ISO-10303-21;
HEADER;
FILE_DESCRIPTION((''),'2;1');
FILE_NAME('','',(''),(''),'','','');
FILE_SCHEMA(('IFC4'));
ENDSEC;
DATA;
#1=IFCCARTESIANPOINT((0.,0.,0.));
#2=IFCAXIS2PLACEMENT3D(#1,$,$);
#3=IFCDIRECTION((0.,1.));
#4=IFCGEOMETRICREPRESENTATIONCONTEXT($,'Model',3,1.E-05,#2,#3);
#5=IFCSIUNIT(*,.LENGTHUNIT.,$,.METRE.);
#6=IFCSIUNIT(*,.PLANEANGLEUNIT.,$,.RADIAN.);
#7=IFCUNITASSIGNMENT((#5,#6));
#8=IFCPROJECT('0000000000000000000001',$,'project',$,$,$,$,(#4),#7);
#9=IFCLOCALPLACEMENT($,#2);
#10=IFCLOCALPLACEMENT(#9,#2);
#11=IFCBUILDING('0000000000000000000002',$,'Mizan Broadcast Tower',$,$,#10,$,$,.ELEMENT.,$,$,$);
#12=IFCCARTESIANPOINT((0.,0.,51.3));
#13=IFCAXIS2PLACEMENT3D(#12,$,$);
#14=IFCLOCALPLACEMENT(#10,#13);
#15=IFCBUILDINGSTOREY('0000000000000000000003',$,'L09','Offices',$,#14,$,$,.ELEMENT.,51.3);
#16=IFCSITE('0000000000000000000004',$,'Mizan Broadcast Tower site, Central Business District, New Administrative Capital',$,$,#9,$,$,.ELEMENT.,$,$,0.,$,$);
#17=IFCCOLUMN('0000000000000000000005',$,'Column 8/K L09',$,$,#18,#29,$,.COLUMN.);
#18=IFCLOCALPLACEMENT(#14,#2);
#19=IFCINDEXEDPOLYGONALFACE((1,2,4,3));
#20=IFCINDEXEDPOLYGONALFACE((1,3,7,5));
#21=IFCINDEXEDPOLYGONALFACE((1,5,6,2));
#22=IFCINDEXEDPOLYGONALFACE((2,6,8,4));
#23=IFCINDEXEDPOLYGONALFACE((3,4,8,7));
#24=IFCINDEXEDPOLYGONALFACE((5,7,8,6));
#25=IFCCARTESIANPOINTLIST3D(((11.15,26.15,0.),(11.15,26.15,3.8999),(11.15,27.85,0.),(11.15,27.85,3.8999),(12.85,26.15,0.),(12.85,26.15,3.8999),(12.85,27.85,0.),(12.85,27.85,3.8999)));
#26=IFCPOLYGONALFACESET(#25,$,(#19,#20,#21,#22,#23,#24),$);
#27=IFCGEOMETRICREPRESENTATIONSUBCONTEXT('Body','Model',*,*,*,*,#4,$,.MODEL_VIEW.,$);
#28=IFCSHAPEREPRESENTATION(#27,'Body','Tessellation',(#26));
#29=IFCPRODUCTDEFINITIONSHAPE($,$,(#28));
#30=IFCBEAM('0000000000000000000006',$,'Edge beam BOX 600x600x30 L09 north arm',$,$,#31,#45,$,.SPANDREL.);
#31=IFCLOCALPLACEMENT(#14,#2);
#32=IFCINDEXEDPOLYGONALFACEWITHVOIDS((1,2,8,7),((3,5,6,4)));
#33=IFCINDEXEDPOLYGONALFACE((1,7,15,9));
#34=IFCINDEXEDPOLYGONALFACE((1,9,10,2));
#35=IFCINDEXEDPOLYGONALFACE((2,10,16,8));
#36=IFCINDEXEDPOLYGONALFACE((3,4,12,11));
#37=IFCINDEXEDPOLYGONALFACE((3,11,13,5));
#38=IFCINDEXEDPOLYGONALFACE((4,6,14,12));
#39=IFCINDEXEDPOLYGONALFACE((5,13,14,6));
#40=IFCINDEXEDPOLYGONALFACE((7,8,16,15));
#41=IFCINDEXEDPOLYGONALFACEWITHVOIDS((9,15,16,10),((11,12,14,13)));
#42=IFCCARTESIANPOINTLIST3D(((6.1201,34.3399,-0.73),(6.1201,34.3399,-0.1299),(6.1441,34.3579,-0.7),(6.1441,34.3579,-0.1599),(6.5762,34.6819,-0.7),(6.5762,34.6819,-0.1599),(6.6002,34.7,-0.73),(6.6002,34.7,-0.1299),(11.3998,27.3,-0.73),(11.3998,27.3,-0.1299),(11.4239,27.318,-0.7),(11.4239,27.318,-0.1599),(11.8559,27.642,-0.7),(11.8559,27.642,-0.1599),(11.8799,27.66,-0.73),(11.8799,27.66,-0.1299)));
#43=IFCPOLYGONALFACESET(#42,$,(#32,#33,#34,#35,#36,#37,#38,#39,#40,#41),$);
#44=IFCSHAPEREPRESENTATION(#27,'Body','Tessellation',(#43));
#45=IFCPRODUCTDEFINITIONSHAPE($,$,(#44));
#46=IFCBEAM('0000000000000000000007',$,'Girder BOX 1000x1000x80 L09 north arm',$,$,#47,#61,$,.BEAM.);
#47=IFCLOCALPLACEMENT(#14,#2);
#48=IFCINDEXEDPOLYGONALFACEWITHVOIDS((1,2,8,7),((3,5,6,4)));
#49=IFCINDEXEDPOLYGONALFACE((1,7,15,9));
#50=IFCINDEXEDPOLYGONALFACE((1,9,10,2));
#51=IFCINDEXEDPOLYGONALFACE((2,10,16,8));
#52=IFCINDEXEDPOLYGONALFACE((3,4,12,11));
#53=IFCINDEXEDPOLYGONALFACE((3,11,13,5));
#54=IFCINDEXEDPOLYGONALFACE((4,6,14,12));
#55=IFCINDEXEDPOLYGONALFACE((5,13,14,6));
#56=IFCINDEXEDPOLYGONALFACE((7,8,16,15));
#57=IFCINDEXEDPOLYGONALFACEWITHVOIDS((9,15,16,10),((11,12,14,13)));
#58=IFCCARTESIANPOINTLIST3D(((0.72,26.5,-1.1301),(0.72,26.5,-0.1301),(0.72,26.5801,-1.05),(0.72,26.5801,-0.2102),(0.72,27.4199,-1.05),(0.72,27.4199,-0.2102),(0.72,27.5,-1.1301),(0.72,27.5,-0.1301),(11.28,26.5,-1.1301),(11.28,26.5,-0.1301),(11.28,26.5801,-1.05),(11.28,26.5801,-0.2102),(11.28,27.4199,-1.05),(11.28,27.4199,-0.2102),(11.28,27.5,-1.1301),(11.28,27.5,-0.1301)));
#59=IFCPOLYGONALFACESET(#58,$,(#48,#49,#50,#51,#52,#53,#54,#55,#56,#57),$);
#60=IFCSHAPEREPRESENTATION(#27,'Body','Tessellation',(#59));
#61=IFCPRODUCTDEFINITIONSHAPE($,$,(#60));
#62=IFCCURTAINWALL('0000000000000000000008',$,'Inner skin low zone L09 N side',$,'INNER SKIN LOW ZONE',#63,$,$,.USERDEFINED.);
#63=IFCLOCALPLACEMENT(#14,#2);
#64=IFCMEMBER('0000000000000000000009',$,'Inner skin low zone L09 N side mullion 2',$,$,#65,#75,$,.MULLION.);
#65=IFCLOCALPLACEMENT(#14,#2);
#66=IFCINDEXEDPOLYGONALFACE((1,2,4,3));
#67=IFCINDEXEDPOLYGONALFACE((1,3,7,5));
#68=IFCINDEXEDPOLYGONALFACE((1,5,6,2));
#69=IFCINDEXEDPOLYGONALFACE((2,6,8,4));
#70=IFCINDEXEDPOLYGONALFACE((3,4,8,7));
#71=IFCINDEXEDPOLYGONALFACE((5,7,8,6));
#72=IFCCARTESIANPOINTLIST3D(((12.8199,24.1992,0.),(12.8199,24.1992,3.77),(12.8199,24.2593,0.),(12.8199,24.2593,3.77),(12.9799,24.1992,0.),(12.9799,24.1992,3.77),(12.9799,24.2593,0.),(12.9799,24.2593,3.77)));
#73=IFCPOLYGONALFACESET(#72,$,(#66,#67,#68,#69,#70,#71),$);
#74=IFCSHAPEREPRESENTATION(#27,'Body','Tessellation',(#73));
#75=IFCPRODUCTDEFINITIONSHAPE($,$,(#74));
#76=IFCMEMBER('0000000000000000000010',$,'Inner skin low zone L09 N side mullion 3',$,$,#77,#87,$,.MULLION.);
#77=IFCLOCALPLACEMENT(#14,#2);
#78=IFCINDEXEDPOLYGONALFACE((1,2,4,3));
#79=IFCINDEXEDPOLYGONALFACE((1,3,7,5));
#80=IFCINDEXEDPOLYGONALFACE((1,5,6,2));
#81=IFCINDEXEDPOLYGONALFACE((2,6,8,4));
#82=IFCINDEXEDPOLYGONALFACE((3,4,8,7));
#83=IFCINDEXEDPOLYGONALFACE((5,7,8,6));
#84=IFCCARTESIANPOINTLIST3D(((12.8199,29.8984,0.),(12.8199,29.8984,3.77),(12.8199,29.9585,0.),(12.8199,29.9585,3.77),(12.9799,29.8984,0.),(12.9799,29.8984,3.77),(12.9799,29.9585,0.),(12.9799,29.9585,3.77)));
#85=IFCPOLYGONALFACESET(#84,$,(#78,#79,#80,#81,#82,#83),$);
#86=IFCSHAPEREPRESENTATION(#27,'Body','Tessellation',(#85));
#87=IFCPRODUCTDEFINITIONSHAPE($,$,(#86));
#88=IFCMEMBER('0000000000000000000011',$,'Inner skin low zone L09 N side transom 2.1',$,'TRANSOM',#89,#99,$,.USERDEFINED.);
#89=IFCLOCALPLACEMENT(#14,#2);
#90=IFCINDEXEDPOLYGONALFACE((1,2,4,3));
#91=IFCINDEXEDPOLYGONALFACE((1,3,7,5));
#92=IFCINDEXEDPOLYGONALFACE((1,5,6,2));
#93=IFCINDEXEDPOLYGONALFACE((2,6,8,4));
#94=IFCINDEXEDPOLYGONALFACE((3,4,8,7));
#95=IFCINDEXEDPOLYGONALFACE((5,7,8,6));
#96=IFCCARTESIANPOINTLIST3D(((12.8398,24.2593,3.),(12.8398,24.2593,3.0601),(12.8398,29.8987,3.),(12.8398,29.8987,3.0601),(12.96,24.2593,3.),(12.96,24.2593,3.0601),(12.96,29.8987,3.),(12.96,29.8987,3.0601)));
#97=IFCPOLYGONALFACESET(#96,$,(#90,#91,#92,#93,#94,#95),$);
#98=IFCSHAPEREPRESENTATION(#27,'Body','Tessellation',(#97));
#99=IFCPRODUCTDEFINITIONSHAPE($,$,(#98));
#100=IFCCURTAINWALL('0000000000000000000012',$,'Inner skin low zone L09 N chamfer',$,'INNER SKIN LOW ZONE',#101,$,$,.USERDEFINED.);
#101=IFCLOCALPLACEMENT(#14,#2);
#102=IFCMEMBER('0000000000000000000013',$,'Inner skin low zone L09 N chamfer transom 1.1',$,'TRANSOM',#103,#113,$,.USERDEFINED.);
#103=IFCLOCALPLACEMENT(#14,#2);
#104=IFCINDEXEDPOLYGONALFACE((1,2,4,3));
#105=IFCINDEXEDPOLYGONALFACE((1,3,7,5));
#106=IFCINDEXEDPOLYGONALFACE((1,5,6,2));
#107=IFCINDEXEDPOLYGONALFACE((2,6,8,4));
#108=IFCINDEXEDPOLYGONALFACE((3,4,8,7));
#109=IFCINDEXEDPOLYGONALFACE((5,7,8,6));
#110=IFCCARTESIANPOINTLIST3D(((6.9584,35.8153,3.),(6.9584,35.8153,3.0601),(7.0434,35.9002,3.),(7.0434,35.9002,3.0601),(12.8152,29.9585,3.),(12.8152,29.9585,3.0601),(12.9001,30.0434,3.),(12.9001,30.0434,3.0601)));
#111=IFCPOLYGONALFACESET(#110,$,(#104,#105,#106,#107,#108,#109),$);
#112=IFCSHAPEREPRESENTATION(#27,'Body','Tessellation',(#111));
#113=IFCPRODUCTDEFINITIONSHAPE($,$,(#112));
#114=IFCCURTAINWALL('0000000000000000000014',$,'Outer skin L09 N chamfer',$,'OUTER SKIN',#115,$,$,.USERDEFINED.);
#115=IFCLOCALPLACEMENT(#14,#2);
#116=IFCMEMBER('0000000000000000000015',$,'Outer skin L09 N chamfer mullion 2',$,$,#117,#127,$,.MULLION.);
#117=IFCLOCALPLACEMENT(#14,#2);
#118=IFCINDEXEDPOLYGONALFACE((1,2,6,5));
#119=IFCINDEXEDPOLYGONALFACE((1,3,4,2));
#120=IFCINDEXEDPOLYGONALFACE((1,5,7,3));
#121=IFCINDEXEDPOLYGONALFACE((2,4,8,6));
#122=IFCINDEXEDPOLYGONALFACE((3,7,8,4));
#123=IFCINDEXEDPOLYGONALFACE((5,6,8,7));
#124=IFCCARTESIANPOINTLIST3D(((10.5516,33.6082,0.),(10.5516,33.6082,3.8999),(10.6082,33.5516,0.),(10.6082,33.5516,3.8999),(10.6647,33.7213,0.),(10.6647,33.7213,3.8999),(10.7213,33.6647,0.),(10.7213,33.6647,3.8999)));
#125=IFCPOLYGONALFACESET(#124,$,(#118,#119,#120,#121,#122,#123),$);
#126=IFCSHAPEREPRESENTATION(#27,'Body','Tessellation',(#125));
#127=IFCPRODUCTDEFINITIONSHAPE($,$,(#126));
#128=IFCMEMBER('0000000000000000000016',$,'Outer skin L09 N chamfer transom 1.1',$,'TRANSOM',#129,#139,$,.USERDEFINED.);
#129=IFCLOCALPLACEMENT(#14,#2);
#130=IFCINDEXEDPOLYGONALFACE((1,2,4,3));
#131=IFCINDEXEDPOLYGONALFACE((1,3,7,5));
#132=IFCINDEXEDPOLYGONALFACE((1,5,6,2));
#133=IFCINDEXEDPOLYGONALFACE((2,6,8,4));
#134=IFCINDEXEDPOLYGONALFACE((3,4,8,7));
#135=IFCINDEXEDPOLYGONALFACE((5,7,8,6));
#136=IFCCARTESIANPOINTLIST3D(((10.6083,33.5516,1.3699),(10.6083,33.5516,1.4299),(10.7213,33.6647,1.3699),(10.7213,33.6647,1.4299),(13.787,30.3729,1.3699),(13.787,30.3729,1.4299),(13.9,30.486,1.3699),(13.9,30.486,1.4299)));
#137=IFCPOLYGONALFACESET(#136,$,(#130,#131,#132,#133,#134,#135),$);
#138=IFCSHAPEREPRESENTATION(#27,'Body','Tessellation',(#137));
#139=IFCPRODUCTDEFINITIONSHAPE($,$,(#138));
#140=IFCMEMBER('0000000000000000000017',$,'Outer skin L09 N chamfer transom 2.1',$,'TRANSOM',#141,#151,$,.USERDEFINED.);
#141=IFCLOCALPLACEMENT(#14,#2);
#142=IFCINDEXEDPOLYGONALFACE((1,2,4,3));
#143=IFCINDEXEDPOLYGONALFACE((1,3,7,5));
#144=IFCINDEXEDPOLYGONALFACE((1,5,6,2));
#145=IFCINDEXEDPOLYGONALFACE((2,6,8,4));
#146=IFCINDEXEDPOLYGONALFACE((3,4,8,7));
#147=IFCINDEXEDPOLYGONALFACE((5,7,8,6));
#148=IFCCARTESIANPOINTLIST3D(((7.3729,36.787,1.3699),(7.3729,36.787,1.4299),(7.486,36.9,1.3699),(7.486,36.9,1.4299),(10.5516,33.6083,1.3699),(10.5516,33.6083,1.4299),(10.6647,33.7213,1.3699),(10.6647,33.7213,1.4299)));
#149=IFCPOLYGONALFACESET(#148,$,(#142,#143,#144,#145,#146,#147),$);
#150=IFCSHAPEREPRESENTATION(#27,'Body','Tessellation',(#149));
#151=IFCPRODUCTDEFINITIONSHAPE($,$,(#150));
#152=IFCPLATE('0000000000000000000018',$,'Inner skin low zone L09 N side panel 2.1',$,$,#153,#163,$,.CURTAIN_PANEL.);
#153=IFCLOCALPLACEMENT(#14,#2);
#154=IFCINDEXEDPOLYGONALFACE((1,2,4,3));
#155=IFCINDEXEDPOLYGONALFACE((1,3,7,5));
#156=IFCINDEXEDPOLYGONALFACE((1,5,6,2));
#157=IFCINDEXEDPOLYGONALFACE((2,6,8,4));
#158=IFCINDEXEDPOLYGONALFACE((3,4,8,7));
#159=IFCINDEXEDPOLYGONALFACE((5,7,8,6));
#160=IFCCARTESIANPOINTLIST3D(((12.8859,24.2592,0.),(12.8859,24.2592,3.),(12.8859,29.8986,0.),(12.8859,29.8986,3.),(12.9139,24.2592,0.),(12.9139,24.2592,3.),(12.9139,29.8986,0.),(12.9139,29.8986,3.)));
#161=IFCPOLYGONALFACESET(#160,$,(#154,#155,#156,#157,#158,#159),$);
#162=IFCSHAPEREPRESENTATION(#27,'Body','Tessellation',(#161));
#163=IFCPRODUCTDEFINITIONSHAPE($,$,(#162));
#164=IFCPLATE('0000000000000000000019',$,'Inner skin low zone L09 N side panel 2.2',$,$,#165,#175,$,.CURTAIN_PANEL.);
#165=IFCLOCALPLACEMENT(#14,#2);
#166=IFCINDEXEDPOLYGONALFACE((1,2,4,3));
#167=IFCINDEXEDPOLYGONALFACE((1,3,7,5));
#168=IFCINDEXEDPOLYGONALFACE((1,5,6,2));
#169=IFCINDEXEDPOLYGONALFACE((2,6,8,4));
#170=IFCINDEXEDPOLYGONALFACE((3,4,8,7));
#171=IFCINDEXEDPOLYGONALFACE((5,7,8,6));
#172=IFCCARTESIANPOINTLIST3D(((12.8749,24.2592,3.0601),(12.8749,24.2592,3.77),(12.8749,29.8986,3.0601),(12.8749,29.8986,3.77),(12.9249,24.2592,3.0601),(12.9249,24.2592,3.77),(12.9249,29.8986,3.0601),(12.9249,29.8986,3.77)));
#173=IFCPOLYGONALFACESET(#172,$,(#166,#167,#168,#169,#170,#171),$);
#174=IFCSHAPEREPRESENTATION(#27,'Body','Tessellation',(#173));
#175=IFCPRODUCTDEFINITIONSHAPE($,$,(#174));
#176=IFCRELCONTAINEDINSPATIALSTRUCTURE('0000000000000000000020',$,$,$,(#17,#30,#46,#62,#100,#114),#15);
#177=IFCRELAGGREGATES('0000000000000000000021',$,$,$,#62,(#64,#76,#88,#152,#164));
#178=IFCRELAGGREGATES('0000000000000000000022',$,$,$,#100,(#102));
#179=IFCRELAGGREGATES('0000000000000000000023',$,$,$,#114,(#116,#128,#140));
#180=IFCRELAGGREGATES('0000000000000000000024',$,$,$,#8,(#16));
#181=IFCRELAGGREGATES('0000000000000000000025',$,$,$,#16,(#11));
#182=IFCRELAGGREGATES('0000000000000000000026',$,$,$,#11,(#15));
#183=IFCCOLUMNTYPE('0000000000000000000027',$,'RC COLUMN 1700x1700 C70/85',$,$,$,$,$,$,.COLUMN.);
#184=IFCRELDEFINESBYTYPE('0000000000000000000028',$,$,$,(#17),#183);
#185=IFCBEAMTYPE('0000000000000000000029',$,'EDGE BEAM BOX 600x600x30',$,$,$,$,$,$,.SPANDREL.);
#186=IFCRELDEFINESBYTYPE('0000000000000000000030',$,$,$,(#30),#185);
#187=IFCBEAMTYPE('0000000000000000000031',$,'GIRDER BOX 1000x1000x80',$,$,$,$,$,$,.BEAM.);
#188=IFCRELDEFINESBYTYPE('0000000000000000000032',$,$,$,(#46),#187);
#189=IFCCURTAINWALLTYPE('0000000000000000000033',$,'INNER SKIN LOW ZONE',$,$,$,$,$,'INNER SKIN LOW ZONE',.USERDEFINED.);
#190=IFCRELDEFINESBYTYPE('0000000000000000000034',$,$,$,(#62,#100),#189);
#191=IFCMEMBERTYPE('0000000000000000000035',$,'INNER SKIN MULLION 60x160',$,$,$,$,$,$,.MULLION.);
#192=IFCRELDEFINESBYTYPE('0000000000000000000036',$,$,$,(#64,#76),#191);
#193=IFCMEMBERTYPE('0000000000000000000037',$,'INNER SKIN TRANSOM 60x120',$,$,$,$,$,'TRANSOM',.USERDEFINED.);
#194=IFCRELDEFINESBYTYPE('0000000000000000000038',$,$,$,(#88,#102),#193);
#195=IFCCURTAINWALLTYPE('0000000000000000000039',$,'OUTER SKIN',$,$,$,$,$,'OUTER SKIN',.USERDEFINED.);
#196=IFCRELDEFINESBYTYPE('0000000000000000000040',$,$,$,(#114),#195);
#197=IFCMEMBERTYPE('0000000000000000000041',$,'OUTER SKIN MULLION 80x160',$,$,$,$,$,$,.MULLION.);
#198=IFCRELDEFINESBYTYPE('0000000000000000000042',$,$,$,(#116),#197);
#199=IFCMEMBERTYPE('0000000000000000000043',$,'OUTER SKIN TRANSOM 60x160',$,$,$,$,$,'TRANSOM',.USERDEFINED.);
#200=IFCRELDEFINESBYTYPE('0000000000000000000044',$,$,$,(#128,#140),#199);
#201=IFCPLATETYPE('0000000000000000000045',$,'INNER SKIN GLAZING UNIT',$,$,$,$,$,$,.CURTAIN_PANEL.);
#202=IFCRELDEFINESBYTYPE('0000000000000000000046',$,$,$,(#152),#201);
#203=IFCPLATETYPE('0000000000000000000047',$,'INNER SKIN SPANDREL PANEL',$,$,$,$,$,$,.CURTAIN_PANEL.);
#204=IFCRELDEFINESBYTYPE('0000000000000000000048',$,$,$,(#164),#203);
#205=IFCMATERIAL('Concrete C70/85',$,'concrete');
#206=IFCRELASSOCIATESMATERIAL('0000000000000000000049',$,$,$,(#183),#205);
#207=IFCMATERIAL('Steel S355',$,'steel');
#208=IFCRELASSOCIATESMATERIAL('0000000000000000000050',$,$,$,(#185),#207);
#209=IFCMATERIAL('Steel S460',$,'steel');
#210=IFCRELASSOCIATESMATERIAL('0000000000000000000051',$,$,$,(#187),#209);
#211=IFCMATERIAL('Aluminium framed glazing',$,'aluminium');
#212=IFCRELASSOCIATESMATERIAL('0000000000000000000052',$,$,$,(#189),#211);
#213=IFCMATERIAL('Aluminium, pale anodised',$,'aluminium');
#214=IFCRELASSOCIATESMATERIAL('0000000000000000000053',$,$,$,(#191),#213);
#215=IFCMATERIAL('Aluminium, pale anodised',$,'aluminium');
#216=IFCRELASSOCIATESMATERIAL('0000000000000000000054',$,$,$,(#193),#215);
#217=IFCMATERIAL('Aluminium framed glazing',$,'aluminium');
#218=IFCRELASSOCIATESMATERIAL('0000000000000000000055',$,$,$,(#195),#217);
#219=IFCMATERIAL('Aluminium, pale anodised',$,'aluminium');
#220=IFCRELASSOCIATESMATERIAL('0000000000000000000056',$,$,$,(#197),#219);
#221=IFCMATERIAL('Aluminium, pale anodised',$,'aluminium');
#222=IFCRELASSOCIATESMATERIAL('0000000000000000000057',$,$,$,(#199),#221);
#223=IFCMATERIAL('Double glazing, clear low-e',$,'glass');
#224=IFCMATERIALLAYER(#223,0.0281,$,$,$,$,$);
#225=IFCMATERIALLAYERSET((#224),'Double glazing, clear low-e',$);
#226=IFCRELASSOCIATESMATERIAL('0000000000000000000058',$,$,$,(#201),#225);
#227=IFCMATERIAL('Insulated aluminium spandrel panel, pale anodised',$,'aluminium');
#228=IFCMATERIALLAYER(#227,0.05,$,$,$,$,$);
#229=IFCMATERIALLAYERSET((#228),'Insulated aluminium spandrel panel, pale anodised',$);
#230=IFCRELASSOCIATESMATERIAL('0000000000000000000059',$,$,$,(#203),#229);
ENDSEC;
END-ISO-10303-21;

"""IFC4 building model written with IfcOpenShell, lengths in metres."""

from ifc_helpers import new_model, si_unit, direction, frame, origin, origin_2d, place, context, subcontext, project, spatial, rectangle, hollow_rectangle, extrude, material, layer, layer_set, material_profile, profile_set, type_object, element, aggregate, save


model = new_model("IFC4")

# Units and contexts
model_context = context("Model", 3, precision=1e-05, world=origin(), true_north=direction((0.0, 1.0)))
body_context = subcontext(model_context, "Body", "Model", "MODEL_VIEW")
ifc_project = project(units=[si_unit("LENGTHUNIT", "METRE"), si_unit("PLANEANGLEUNIT", "RADIAN")], contexts=[model_context])

# Site, building, storey
site_placement = place(None, origin())
site = spatial("IfcSite", under=ifc_project, at=site_placement, Name="Mizan Broadcast Tower site, Central Business District, New Administrative Capital", CompositionType="ELEMENT", RefElevation=0.0)
building_placement = place(site_placement, origin())
building = spatial("IfcBuilding", under=site, at=building_placement, Name="Mizan Broadcast Tower", CompositionType="ELEMENT")
storey_placement = place(building_placement, frame((0.0, 0.0, 51.3)))
storey = spatial("IfcBuildingStorey", under=building, at=storey_placement, Name="L09", Description="Offices", CompositionType="ELEMENT", Elevation=51.3)

# Column
ifc_material_1 = material(Name="Concrete C70/85", Category="concrete")
ifc_material_profile_1 = material_profile(ifc_material_1, rectangle(XDim=1.7, YDim=1.7, at=origin_2d()), Name="RC 1700x1700")
ifc_profile_set_1 = profile_set([ifc_material_profile_1], Name="Concrete C70/85")
column_type = type_object("IfcColumnType", Name="RC COLUMN 1700x1700 C70/85", PredefinedType="COLUMN", material=ifc_profile_set_1)
column_placement = place(storey_placement, frame((12.0, 27.0, 0.0), z_axis=(0.0, 0.0, 1.0), x_axis=(1.0, 0.0, 0.0)))
element("IfcColumn", 1, at=column_placement, inside=storey, type_object=column_type, Name="Column 8/K L09", PredefinedType="COLUMN", context=body_context, shape_type="SweptSolid", body=[
    extrude(rectangle(XDim=1.7, YDim=1.7, at=origin_2d()), origin(), (0.0, 0.0, 1.0), 3.8999),
])

# Beams
ifc_material_2 = material(Name="Steel S355", Category="steel")
ifc_material_profile_2 = material_profile(ifc_material_2, hollow_rectangle(XDim=0.6001, YDim=0.6001, WallThickness=0.03, at=origin_2d()), Name="BOX 600x600x30")
ifc_profile_set_2 = profile_set([ifc_material_profile_2], Name="Steel S355")
beam_type_1 = type_object("IfcBeamType", Name="EDGE BEAM BOX 600x600x30", PredefinedType="SPANDREL", material=ifc_profile_set_2)
beam_1_placement = place(storey_placement, frame((11.6399, 27.48, -0.4299), z_axis=(-0.599982, 0.800013, 0.0), x_axis=(-0.800013, -0.599982, 0.0)))
element("IfcBeam", 2, at=beam_1_placement, inside=storey, type_object=beam_type_1, Name="Edge beam BOX 600x600x30 L09 north arm", PredefinedType="SPANDREL", context=body_context, shape_type="SweptSolid", body=[
    extrude(hollow_rectangle(XDim=0.6001, YDim=0.6001, WallThickness=0.03, at=origin_2d()), origin(), (0.0, 0.0, 1.0), 8.7998),
])
ifc_material_3 = material(Name="Steel S460", Category="steel")
ifc_material_profile_3 = material_profile(ifc_material_3, hollow_rectangle(XDim=1.0, YDim=1.0, WallThickness=0.0801, at=origin_2d()), Name="BOX 1000x1000x80")
ifc_profile_set_3 = profile_set([ifc_material_profile_3], Name="Steel S460")
beam_type_2 = type_object("IfcBeamType", Name="GIRDER BOX 1000x1000x80", PredefinedType="BEAM", material=ifc_profile_set_3)
beam_2_placement = place(storey_placement, frame((11.28, 27.0, -0.6301), z_axis=(-1.0, 0.0, 0.0), x_axis=(0.0, -1.0, 0.0)))
element("IfcBeam", 3, at=beam_2_placement, inside=storey, type_object=beam_type_2, Name="Girder BOX 1000x1000x80 L09 north arm", PredefinedType="BEAM", context=body_context, shape_type="SweptSolid", body=[
    extrude(hollow_rectangle(XDim=1.0, YDim=1.0, WallThickness=0.0801, at=origin_2d()), origin(), (0.0, 0.0, 1.0), 10.5601),
])

# Curtain wall, members
ifc_material_4 = material(Name="Aluminium framed glazing", Category="aluminium")
curtain_wall_type_1 = type_object("IfcCurtainWallType", Name="INNER SKIN LOW ZONE", ElementType="INNER SKIN LOW ZONE", PredefinedType="USERDEFINED", material=ifc_material_4)
curtain_wall_1_placement = place(storey_placement, origin())
curtain_wall_1 = element("IfcCurtainWall", 4, at=curtain_wall_1_placement, inside=storey, type_object=curtain_wall_type_1, Name="Inner skin low zone L09 N side", ObjectType="INNER SKIN LOW ZONE", PredefinedType="USERDEFINED")
ifc_material_5 = material(Name="Aluminium, pale anodised", Category="aluminium")
ifc_material_profile_4 = material_profile(ifc_material_5, rectangle(XDim=0.1599, YDim=0.0601, at=origin_2d()), Name="MULLION 160x60")
ifc_profile_set_4 = profile_set([ifc_material_profile_4], Name="Aluminium, pale anodised")
member_type_1 = type_object("IfcMemberType", Name="INNER SKIN MULLION 60x160", PredefinedType="MULLION", material=ifc_profile_set_4)
member_1_placement = place(storey_placement, frame((12.8999, 24.2292, 0.0), z_axis=(0.0, 0.0, 1.0), x_axis=(-1.0, 0.0, 0.0)))
member_1 = element("IfcMember", 5, at=member_1_placement, type_object=member_type_1, Name="Inner skin low zone L09 N side mullion 2", PredefinedType="MULLION", context=body_context, shape_type="SweptSolid", body=[
    extrude(rectangle(XDim=0.1599, YDim=0.0601, at=origin_2d()), origin(), (0.0, 0.0, 1.0), 3.77),
])
member_2_placement = place(storey_placement, frame((12.8999, 29.9285, 0.0), z_axis=(0.0, 0.0, 1.0), x_axis=(-1.0, 0.0, 0.0)))
member_2 = element("IfcMember", 6, at=member_2_placement, type_object=member_type_1, Name="Inner skin low zone L09 N side mullion 3", PredefinedType="MULLION", context=body_context, shape_type="SweptSolid", body=[
    extrude(rectangle(XDim=0.1599, YDim=0.0601, at=origin_2d()), origin(), (0.0, 0.0, 1.0), 3.77),
])
ifc_material_6 = material(Name="Aluminium, pale anodised", Category="aluminium")
ifc_material_profile_5 = material_profile(ifc_material_6, rectangle(XDim=0.1201, YDim=0.0601, at=origin_2d()), Name="TRANSOM 120x60")
ifc_profile_set_5 = profile_set([ifc_material_profile_5], Name="Aluminium, pale anodised")
member_type_2 = type_object("IfcMemberType", Name="INNER SKIN TRANSOM 60x120", ElementType="TRANSOM", PredefinedType="USERDEFINED", material=ifc_profile_set_5)
member_3_placement = place(storey_placement, frame((12.8999, 24.2593, 3.03), z_axis=(0.0, 1.0, 0.0), x_axis=(-1.0, 0.0, 0.0)))
member_3 = element("IfcMember", 7, at=member_3_placement, type_object=member_type_2, Name="Inner skin low zone L09 N side transom 2.1", ObjectType="TRANSOM", PredefinedType="USERDEFINED", context=body_context, shape_type="SweptSolid", body=[
    extrude(rectangle(XDim=0.1201, YDim=0.0601, at=origin_2d()), origin(), (0.0, 0.0, 1.0), 5.6394),
])

# Curtain wall, member
curtain_wall_2_placement = place(storey_placement, origin())
curtain_wall_2 = element("IfcCurtainWall", 8, at=curtain_wall_2_placement, inside=storey, type_object=curtain_wall_type_1, Name="Inner skin low zone L09 N chamfer", ObjectType="INNER SKIN LOW ZONE", PredefinedType="USERDEFINED")
member_4_placement = place(storey_placement, frame((12.8577, 30.001, 3.03), z_axis=(-0.707107, 0.707107, 0.0), x_axis=(-0.707107, -0.707107, 0.0)))
member_4 = element("IfcMember", 9, at=member_4_placement, type_object=member_type_2, Name="Inner skin low zone L09 N chamfer transom 1.1", ObjectType="TRANSOM", PredefinedType="USERDEFINED", context=body_context, shape_type="SweptSolid", body=[
    extrude(rectangle(XDim=0.1201, YDim=0.0601, at=origin_2d()), origin(), (0.0, 0.0, 1.0), 8.2827),
])

# Curtain wall, members
ifc_material_7 = material(Name="Aluminium framed glazing", Category="aluminium")
curtain_wall_type_2 = type_object("IfcCurtainWallType", Name="OUTER SKIN", ElementType="OUTER SKIN", PredefinedType="USERDEFINED", material=ifc_material_7)
curtain_wall_3_placement = place(storey_placement, origin())
curtain_wall_3 = element("IfcCurtainWall", 10, at=curtain_wall_3_placement, inside=storey, type_object=curtain_wall_type_2, Name="Outer skin L09 N chamfer", ObjectType="OUTER SKIN", PredefinedType="USERDEFINED")
ifc_material_8 = material(Name="Aluminium, pale anodised", Category="aluminium")
ifc_material_profile_6 = material_profile(ifc_material_8, rectangle(XDim=0.1599, YDim=0.0801, at=origin_2d()), Name="MULLION 160x80")
ifc_profile_set_6 = profile_set([ifc_material_profile_6], Name="Aluminium, pale anodised")
member_type_3 = type_object("IfcMemberType", Name="OUTER SKIN MULLION 80x160", PredefinedType="MULLION", material=ifc_profile_set_6)
member_5_placement = place(storey_placement, frame((10.6365, 33.6365, 0.0), z_axis=(0.0, 0.0, 1.0), x_axis=(-0.707107, -0.707107, 0.0)))
member_5 = element("IfcMember", 11, at=member_5_placement, type_object=member_type_3, Name="Outer skin L09 N chamfer mullion 2", PredefinedType="MULLION", context=body_context, shape_type="SweptSolid", body=[
    extrude(rectangle(XDim=0.1599, YDim=0.0801, at=origin_2d()), origin(), (0.0, 0.0, 1.0), 3.8999),
])
ifc_material_9 = material(Name="Aluminium, pale anodised", Category="aluminium")
ifc_material_profile_7 = material_profile(ifc_material_9, rectangle(XDim=0.1599, YDim=0.0601, at=origin_2d()), Name="TRANSOM 160x60")
ifc_profile_set_7 = profile_set([ifc_material_profile_7], Name="Aluminium, pale anodised")
member_type_4 = type_object("IfcMemberType", Name="OUTER SKIN TRANSOM 60x160", ElementType="TRANSOM", PredefinedType="USERDEFINED", material=ifc_profile_set_7)
member_6_placement = place(storey_placement, frame((13.8435, 30.4294, 1.3999), z_axis=(-0.707107, 0.707107, 0.0), x_axis=(-0.707107, -0.707107, 0.0)))
member_6 = element("IfcMember", 12, at=member_6_placement, type_object=member_type_4, Name="Outer skin L09 N chamfer transom 1.1", ObjectType="TRANSOM", PredefinedType="USERDEFINED", context=body_context, shape_type="SweptSolid", body=[
    extrude(rectangle(XDim=0.1599, YDim=0.0601, at=origin_2d()), origin(), (0.0, 0.0, 1.0), 4.4954),
])
member_7_placement = place(storey_placement, frame((10.6082, 33.6648, 1.3999), z_axis=(-0.707107, 0.707107, 0.0), x_axis=(-0.707107, -0.707107, 0.0)))
member_7 = element("IfcMember", 13, at=member_7_placement, type_object=member_type_4, Name="Outer skin L09 N chamfer transom 2.1", ObjectType="TRANSOM", PredefinedType="USERDEFINED", context=body_context, shape_type="SweptSolid", body=[
    extrude(rectangle(XDim=0.1599, YDim=0.0601, at=origin_2d()), origin(), (0.0, 0.0, 1.0), 4.4954),
])

# Plates
ifc_material_10 = material(Name="Double glazing, clear low-e", Category="glass")
ifc_layer_1 = layer(ifc_material_10, 0.0281)
ifc_layer_set_1 = layer_set([ifc_layer_1], Name="Double glazing, clear low-e")
plate_type_1 = type_object("IfcPlateType", Name="INNER SKIN GLAZING UNIT", PredefinedType="CURTAIN_PANEL", material=ifc_layer_set_1)
plate_1_placement = place(storey_placement, frame((12.8999, 27.0789, 0.0), z_axis=(0.0, 0.0, 1.0), x_axis=(0.0, 1.0, 0.0)))
plate_1 = element("IfcPlate", 14, at=plate_1_placement, type_object=plate_type_1, Name="Inner skin low zone L09 N side panel 2.1", PredefinedType="CURTAIN_PANEL", context=body_context, shape_type="SweptSolid", body=[
    extrude(rectangle(XDim=5.6394, YDim=0.0281, at=origin_2d()), origin(), (0.0, 0.0, 1.0), 3.0),
])
ifc_material_11 = material(Name="Insulated aluminium spandrel panel, pale anodised", Category="aluminium")
ifc_layer_2 = layer(ifc_material_11, 0.05)
ifc_layer_set_2 = layer_set([ifc_layer_2], Name="Insulated aluminium spandrel panel, pale anodised")
plate_type_2 = type_object("IfcPlateType", Name="INNER SKIN SPANDREL PANEL", PredefinedType="CURTAIN_PANEL", material=ifc_layer_set_2)
plate_2_placement = place(storey_placement, frame((12.8999, 27.0789, 3.0601), z_axis=(0.0, 0.0, 1.0), x_axis=(0.0, 1.0, 0.0)))
plate_2 = element("IfcPlate", 15, at=plate_2_placement, type_object=plate_type_2, Name="Inner skin low zone L09 N side panel 2.2", PredefinedType="CURTAIN_PANEL", context=body_context, shape_type="SweptSolid", body=[
    extrude(rectangle(XDim=5.6394, YDim=0.05, at=origin_2d()), origin(), (0.0, 0.0, 1.0), 0.71),
])
aggregate(curtain_wall_1, [member_1, member_2, member_3, plate_1, plate_2])
aggregate(curtain_wall_2, [member_4])
aggregate(curtain_wall_3, [member_5, member_6, member_7])

save(model, "model.ifc")
